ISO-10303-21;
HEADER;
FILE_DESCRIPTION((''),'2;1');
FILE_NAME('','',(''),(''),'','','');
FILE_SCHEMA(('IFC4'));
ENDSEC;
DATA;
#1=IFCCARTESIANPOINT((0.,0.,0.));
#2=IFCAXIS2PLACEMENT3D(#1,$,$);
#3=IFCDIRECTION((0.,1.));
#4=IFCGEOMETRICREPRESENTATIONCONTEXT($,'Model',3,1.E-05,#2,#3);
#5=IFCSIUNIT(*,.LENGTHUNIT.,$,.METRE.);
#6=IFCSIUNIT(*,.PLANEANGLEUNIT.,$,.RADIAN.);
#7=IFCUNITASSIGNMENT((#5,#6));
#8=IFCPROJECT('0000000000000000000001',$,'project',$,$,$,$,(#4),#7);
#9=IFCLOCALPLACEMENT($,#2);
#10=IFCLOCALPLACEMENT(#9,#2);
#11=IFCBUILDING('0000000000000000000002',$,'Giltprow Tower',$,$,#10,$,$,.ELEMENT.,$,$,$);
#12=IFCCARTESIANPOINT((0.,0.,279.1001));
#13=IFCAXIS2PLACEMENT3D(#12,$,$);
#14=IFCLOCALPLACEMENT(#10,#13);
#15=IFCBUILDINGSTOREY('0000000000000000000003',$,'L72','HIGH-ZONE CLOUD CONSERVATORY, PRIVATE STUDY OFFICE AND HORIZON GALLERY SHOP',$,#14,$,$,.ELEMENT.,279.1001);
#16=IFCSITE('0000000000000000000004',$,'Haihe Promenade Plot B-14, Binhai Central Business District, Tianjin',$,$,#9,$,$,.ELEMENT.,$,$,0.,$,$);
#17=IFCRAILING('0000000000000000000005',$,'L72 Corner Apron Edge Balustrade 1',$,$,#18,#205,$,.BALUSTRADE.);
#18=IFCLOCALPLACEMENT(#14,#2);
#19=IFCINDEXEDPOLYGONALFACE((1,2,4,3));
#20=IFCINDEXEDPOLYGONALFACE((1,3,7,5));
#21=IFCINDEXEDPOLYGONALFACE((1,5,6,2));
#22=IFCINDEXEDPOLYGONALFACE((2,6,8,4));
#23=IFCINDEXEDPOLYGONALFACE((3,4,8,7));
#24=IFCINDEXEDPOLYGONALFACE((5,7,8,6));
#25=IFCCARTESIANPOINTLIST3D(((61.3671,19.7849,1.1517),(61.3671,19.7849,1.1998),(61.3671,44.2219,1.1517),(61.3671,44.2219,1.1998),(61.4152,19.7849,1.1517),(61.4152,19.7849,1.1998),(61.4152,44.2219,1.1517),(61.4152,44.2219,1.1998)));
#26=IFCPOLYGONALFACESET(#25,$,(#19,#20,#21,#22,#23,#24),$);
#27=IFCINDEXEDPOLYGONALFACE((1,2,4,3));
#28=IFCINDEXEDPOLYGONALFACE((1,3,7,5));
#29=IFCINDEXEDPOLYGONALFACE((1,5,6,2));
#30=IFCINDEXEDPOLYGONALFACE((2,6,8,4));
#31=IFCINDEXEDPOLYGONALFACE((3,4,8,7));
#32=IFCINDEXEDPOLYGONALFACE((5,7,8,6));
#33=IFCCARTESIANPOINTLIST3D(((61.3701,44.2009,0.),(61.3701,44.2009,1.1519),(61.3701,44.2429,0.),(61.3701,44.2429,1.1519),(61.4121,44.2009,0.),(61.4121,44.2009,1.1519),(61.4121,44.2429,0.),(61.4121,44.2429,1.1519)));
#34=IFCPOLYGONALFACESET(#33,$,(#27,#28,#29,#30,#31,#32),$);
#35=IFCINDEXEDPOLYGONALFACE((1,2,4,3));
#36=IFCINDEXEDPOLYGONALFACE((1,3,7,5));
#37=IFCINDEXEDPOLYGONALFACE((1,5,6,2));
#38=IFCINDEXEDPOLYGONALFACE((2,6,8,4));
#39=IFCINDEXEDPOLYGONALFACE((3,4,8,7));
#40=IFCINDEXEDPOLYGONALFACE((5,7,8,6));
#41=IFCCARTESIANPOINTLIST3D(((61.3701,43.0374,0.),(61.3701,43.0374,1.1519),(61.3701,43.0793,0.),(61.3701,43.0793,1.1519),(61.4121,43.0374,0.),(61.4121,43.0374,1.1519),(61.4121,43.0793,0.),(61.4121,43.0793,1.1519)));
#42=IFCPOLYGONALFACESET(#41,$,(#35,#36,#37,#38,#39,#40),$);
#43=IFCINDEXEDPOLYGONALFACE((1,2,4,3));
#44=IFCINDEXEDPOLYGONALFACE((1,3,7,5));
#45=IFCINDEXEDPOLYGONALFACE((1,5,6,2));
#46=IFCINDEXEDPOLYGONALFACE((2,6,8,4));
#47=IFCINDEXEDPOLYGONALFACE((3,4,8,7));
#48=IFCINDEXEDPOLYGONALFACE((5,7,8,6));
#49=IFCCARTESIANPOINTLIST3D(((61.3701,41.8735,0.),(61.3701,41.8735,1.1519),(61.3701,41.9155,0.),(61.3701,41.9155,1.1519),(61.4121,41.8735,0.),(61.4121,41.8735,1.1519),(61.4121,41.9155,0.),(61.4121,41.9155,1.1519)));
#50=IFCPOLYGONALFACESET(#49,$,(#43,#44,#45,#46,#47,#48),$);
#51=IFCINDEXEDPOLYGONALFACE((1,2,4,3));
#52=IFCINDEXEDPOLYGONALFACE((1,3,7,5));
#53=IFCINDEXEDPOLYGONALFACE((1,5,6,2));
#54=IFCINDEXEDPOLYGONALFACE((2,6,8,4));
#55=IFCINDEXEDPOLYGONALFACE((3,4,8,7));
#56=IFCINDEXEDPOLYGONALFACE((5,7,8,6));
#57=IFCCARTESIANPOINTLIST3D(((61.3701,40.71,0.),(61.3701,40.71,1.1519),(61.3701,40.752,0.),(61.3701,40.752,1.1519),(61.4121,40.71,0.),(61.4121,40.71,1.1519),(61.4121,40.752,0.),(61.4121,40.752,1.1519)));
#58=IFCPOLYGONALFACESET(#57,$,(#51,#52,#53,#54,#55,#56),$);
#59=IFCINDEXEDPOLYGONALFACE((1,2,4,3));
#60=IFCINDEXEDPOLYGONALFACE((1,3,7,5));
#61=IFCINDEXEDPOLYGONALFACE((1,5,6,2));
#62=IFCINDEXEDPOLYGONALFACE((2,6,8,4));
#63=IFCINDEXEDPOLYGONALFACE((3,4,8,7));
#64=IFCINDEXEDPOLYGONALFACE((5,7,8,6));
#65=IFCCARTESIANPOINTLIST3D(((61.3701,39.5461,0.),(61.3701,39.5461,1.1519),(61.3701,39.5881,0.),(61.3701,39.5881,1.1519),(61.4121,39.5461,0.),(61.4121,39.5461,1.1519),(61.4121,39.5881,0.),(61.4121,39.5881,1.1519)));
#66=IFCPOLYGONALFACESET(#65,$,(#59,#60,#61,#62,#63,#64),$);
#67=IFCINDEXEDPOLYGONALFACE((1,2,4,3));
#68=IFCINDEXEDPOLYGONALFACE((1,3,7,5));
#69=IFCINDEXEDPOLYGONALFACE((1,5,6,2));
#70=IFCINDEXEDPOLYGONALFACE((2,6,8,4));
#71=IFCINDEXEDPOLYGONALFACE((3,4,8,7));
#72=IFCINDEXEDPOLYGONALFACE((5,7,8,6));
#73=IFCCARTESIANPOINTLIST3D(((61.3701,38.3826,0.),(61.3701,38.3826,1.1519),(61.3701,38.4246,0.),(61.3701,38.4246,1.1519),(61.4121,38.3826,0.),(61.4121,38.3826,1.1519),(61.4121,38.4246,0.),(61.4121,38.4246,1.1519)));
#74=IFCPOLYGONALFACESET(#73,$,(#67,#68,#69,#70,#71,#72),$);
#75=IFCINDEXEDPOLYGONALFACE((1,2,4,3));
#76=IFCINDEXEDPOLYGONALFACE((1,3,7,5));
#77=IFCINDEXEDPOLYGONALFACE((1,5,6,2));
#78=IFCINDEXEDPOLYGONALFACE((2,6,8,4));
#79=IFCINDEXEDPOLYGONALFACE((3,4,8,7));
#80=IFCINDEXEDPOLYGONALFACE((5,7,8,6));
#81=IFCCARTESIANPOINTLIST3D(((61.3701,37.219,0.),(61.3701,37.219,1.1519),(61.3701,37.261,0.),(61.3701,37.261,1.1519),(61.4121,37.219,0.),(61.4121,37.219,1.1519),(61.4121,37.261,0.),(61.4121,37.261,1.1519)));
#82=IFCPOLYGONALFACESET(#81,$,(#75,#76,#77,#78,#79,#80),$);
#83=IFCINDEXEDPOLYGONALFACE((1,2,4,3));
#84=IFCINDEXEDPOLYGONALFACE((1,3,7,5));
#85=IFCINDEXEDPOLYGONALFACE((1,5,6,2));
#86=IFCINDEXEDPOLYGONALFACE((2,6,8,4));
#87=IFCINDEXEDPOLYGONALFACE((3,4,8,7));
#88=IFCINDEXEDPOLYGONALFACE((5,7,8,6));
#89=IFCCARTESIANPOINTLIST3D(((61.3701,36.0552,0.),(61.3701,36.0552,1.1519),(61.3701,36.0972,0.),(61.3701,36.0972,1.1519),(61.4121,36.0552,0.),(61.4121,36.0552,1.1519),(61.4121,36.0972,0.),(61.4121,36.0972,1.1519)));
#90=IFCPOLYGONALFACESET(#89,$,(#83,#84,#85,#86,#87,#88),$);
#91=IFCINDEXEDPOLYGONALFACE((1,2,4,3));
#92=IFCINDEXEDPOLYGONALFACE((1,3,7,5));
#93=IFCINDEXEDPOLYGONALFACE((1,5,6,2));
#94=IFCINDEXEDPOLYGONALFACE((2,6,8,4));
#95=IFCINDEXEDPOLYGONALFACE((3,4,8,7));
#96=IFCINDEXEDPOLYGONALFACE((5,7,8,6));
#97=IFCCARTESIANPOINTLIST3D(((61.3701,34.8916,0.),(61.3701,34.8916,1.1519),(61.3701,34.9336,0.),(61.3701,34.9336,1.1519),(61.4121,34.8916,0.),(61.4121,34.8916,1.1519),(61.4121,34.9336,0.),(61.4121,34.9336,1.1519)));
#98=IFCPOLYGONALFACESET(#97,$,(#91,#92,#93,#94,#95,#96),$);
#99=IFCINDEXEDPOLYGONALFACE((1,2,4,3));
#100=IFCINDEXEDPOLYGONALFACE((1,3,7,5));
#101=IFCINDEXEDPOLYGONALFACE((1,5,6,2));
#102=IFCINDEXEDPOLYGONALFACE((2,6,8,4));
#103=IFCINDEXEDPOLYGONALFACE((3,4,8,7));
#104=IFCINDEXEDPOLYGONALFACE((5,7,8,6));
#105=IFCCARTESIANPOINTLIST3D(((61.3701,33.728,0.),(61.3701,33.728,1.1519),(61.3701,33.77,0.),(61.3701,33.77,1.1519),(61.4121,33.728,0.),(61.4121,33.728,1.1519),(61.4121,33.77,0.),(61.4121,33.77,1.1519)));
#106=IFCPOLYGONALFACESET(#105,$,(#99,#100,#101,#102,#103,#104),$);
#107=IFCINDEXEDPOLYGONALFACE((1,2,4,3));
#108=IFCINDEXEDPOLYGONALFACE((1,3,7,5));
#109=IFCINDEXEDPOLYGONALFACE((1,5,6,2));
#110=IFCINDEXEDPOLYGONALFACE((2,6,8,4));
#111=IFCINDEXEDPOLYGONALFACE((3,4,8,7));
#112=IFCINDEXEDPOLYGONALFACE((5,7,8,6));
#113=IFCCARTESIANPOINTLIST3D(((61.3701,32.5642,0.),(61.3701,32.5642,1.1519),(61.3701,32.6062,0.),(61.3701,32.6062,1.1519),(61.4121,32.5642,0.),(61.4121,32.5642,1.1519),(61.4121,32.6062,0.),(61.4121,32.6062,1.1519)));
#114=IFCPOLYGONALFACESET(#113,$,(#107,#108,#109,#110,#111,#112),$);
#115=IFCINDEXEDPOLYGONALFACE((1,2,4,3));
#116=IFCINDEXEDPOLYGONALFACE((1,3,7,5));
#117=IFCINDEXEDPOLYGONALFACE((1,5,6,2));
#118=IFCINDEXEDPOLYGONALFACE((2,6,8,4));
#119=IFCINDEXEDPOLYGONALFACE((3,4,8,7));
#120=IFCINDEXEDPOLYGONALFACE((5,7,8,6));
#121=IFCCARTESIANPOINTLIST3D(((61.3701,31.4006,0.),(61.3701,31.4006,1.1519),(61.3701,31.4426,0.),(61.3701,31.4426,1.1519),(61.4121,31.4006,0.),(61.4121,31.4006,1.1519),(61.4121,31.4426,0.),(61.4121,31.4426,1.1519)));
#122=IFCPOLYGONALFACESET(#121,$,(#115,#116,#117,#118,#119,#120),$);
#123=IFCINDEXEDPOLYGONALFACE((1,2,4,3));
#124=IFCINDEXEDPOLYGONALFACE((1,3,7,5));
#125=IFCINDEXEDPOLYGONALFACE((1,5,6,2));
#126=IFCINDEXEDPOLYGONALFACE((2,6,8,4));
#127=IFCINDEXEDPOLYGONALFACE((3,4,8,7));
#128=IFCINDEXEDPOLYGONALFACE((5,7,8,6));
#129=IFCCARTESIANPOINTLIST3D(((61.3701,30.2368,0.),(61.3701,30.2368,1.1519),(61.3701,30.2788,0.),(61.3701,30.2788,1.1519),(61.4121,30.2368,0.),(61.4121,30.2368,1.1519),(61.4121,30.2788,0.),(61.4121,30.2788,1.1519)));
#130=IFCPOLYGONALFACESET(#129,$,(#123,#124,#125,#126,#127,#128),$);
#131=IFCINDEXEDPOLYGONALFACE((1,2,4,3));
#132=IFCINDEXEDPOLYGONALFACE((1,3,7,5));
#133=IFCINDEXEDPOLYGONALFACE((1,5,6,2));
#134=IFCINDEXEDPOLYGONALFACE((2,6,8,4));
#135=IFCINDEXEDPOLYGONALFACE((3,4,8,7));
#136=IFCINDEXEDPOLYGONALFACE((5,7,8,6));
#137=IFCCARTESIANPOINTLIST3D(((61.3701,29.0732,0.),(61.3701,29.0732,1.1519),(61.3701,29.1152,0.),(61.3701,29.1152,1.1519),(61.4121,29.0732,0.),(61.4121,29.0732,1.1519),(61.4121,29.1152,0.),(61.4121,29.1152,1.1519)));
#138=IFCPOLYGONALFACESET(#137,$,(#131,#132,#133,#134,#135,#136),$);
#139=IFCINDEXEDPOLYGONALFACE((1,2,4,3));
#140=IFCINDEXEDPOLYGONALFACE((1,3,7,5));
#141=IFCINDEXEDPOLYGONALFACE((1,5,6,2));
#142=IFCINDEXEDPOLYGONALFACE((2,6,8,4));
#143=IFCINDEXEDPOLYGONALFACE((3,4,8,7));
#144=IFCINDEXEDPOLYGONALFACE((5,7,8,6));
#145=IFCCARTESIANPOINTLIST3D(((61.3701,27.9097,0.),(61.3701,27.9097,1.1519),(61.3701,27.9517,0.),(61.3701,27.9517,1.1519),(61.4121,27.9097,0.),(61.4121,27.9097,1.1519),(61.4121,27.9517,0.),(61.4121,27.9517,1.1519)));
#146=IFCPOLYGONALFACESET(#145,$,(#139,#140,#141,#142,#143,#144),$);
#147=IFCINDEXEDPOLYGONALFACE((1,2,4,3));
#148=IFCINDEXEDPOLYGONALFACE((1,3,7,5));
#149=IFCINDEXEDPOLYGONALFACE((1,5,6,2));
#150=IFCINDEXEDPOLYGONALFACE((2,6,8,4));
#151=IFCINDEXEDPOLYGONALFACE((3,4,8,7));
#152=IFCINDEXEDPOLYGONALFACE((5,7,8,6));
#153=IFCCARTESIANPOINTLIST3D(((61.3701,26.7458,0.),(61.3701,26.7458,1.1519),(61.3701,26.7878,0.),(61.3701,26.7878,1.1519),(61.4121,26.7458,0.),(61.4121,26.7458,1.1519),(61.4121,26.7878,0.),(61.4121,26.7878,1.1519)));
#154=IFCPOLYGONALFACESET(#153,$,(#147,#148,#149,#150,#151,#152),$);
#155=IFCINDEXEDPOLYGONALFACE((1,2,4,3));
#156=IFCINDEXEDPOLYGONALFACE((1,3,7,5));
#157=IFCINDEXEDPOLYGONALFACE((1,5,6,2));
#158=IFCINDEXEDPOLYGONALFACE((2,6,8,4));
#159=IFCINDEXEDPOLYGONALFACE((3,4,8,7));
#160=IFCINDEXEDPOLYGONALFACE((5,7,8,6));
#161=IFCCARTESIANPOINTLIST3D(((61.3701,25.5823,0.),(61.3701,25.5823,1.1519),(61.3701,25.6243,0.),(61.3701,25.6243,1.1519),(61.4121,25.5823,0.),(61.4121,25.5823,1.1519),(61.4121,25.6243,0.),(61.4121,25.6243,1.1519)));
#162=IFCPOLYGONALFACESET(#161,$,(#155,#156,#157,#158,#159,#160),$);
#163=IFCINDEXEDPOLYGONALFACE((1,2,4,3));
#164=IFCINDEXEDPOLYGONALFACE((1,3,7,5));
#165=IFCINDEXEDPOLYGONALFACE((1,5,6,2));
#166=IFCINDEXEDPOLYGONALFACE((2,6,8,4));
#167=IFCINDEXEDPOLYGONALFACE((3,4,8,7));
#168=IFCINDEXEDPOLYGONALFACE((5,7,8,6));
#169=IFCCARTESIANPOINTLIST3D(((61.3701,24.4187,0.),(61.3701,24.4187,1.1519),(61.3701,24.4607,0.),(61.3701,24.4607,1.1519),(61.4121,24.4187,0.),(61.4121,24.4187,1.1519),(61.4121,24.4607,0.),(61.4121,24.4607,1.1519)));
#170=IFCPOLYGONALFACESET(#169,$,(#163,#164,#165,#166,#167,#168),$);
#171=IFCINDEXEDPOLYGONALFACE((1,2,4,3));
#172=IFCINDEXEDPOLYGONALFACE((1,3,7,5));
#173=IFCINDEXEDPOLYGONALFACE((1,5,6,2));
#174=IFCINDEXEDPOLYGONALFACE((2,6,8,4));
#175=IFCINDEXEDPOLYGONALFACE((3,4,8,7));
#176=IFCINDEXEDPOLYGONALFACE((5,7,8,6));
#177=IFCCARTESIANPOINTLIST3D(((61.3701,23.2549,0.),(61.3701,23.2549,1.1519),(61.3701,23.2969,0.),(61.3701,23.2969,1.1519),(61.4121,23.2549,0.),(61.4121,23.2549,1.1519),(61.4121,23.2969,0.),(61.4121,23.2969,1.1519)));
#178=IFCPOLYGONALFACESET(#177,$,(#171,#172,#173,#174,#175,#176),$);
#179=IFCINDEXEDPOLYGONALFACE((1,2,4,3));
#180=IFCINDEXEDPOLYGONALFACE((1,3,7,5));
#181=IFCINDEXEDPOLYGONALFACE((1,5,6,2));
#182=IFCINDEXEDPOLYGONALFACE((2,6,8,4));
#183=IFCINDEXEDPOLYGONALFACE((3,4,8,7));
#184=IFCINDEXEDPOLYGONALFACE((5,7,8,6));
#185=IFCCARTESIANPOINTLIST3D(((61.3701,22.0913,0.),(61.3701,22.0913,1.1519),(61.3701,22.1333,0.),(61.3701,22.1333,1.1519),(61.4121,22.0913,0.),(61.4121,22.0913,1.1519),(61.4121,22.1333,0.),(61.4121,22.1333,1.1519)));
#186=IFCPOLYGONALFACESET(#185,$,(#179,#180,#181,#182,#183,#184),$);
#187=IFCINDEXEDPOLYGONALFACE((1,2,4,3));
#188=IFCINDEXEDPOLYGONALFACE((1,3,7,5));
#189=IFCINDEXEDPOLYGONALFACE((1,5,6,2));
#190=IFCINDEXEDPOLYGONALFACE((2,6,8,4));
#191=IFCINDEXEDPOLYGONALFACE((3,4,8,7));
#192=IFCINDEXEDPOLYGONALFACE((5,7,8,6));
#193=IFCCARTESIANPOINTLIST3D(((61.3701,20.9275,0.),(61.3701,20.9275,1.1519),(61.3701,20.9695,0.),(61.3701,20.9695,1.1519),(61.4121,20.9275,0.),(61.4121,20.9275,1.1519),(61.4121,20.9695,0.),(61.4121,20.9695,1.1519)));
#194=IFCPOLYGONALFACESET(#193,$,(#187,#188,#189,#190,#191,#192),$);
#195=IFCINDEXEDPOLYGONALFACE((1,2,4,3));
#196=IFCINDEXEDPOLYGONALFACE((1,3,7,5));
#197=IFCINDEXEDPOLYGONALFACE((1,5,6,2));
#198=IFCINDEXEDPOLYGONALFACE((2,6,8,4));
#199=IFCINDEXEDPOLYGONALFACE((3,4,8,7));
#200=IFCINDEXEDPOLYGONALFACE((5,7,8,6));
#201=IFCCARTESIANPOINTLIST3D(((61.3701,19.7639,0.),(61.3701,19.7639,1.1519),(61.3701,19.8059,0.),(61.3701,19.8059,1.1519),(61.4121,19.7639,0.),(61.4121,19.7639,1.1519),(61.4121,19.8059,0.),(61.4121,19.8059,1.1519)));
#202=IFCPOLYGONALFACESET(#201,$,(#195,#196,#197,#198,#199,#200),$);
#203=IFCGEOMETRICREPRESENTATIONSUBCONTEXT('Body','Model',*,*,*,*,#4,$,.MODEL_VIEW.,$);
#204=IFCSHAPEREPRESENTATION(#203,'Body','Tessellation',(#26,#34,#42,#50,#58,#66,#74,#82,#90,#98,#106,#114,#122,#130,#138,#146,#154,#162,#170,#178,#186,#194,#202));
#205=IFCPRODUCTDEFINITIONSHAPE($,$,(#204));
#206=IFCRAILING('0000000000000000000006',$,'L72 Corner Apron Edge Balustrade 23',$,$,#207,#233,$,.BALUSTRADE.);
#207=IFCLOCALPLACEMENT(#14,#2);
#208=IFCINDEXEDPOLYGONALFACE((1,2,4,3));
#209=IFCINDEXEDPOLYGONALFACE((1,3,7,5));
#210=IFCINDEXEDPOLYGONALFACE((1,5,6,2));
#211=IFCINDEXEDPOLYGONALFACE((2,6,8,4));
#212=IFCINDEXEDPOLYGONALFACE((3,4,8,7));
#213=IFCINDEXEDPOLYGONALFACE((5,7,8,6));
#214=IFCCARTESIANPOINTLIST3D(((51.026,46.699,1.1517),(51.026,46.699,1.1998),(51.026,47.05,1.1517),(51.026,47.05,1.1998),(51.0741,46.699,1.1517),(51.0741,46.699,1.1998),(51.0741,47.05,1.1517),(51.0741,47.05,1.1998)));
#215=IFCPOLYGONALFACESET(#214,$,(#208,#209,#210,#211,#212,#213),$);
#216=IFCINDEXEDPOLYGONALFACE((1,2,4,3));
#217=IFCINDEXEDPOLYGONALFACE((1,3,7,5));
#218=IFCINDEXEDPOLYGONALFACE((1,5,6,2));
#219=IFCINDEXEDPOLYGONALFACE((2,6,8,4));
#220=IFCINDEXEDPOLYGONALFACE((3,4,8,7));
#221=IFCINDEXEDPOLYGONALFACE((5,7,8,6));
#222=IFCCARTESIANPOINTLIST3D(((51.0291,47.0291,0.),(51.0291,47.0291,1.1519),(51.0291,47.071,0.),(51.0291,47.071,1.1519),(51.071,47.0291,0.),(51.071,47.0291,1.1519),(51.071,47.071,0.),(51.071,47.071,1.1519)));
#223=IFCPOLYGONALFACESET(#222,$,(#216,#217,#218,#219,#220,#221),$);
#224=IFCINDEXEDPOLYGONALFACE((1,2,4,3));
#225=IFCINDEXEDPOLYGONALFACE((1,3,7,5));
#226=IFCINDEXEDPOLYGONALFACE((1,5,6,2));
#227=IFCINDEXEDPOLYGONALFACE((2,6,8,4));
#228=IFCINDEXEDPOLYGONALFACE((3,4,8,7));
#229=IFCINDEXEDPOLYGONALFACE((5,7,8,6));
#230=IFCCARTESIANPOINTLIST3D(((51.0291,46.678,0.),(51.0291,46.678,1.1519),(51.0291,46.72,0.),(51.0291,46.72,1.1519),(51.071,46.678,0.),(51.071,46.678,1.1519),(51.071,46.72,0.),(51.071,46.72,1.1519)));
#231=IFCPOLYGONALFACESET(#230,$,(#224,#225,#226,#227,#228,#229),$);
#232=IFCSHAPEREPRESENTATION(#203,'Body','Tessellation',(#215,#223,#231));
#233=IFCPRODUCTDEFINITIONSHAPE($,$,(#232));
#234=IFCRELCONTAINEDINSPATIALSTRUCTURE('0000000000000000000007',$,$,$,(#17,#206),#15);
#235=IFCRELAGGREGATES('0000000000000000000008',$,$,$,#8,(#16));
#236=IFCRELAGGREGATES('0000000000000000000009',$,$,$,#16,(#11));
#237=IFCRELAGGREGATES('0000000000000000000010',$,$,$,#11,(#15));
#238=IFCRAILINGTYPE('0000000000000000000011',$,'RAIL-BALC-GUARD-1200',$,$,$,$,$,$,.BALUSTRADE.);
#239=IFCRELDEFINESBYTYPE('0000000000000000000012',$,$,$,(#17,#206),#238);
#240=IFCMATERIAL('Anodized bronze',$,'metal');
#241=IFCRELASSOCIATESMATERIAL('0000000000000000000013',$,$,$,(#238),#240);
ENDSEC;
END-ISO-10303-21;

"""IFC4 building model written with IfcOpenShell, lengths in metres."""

from ifc_helpers import new_model, si_unit, direction, frame, origin, origin_2d, place, context, subcontext, project, spatial, rectangle, extrude, material, type_object, element, save


model = new_model("IFC4")

# Units and contexts
model_context = context("Model", 3, precision=1e-05, world=origin(), true_north=direction((0.0, 1.0)))
body_context = subcontext(model_context, "Body", "Model", "MODEL_VIEW")
ifc_project = project(units=[si_unit("LENGTHUNIT", "METRE"), si_unit("PLANEANGLEUNIT", "RADIAN")], contexts=[model_context])

# Site, building, storey
site_placement = place(None, origin())
site = spatial("IfcSite", under=ifc_project, at=site_placement, Name="Haihe Promenade Plot B-14, Binhai Central Business District, Tianjin", CompositionType="ELEMENT", RefElevation=0.0)
building_placement = place(site_placement, origin())
building = spatial("IfcBuilding", under=site, at=building_placement, Name="Giltprow Tower", CompositionType="ELEMENT")
storey_placement = place(building_placement, frame((0.0, 0.0, 279.1001)))
storey = spatial("IfcBuildingStorey", under=building, at=storey_placement, Name="L72", Description="HIGH-ZONE CLOUD CONSERVATORY, PRIVATE STUDY OFFICE AND HORIZON GALLERY SHOP", CompositionType="ELEMENT", Elevation=279.1001)

# Railings
ifc_material_1 = material(Name="Anodized bronze", Category="metal")
railing_type = type_object("IfcRailingType", Name="RAIL-BALC-GUARD-1200", PredefinedType="BALUSTRADE", material=ifc_material_1)
railing_1_placement = place(storey_placement, frame((61.3911, 44.2219, 0.0)))
element("IfcRailing", 1, at=railing_1_placement, inside=storey, type_object=railing_type, Name="L72 Corner Apron Edge Balustrade 1", PredefinedType="BALUSTRADE", context=body_context, shape_type="SweptSolid", body=[
    extrude(rectangle(XDim=0.0481, YDim=0.0481, at=origin_2d()), frame((0.0, 0.0, 1.1758), z_axis=(0.0, -1.0, 0.0), x_axis=(1.0, 0.0, 0.0)), (0.0, 0.0, 1.0), 24.437),
    extrude(rectangle(XDim=0.042, YDim=0.042, at=origin_2d()), origin(), (0.0, 0.0, 1.0), 1.1519),
    extrude(rectangle(XDim=0.042, YDim=0.042, at=origin_2d()), frame((0.0, -1.1636, 0.0)), (0.0, 0.0, 1.0), 1.1519),
    extrude(rectangle(XDim=0.042, YDim=0.042, at=origin_2d()), frame((0.0, -2.3274, 0.0)), (0.0, 0.0, 1.0), 1.1519),
    extrude(rectangle(XDim=0.042, YDim=0.042, at=origin_2d()), frame((0.0, -3.491, 0.0)), (0.0, 0.0, 1.0), 1.1519),
    extrude(rectangle(XDim=0.042, YDim=0.042, at=origin_2d()), frame((0.0, -4.6548, 0.0)), (0.0, 0.0, 1.0), 1.1519),
    extrude(rectangle(XDim=0.042, YDim=0.042, at=origin_2d()), frame((0.0, -5.8184, 0.0)), (0.0, 0.0, 1.0), 1.1519),
    extrude(rectangle(XDim=0.042, YDim=0.042, at=origin_2d()), frame((0.0, -6.9819, 0.0)), (0.0, 0.0, 1.0), 1.1519),
    extrude(rectangle(XDim=0.042, YDim=0.042, at=origin_2d()), frame((0.0, -8.1458, 0.0)), (0.0, 0.0, 1.0), 1.1519),
    extrude(rectangle(XDim=0.042, YDim=0.042, at=origin_2d()), frame((0.0, -9.3093, 0.0)), (0.0, 0.0, 1.0), 1.1519),
    extrude(rectangle(XDim=0.042, YDim=0.042, at=origin_2d()), frame((0.0, -10.4729, 0.0)), (0.0, 0.0, 1.0), 1.1519),
    extrude(rectangle(XDim=0.042, YDim=0.042, at=origin_2d()), frame((0.0, -11.6367, 0.0)), (0.0, 0.0, 1.0), 1.1519),
    extrude(rectangle(XDim=0.042, YDim=0.042, at=origin_2d()), frame((0.0, -12.8003, 0.0)), (0.0, 0.0, 1.0), 1.1519),
    extrude(rectangle(XDim=0.042, YDim=0.042, at=origin_2d()), frame((0.0, -13.9641, 0.0)), (0.0, 0.0, 1.0), 1.1519),
    extrude(rectangle(XDim=0.042, YDim=0.042, at=origin_2d()), frame((0.0, -15.1277, 0.0)), (0.0, 0.0, 1.0), 1.1519),
    extrude(rectangle(XDim=0.042, YDim=0.042, at=origin_2d()), frame((0.0, -16.2913, 0.0)), (0.0, 0.0, 1.0), 1.1519),
    extrude(rectangle(XDim=0.042, YDim=0.042, at=origin_2d()), frame((0.0, -17.4551, 0.0)), (0.0, 0.0, 1.0), 1.1519),
    extrude(rectangle(XDim=0.042, YDim=0.042, at=origin_2d()), frame((0.0, -18.6187, 0.0)), (0.0, 0.0, 1.0), 1.1519),
    extrude(rectangle(XDim=0.042, YDim=0.042, at=origin_2d()), frame((0.0, -19.7822, 0.0)), (0.0, 0.0, 1.0), 1.1519),
    extrude(rectangle(XDim=0.042, YDim=0.042, at=origin_2d()), frame((0.0, -20.946, 0.0)), (0.0, 0.0, 1.0), 1.1519),
    extrude(rectangle(XDim=0.042, YDim=0.042, at=origin_2d()), frame((0.0, -22.1096, 0.0)), (0.0, 0.0, 1.0), 1.1519),
    extrude(rectangle(XDim=0.042, YDim=0.042, at=origin_2d()), frame((0.0, -23.2734, 0.0)), (0.0, 0.0, 1.0), 1.1519),
    extrude(rectangle(XDim=0.042, YDim=0.042, at=origin_2d()), frame((0.0, -24.437, 0.0)), (0.0, 0.0, 1.0), 1.1519),
])
railing_2_placement = place(storey_placement, frame((51.05, 47.05, 0.0)))
element("IfcRailing", 2, at=railing_2_placement, inside=storey, type_object=railing_type, Name="L72 Corner Apron Edge Balustrade 23", PredefinedType="BALUSTRADE", context=body_context, shape_type="SweptSolid", body=[
    extrude(rectangle(XDim=0.0481, YDim=0.0481, at=origin_2d()), frame((0.0, 0.0, 1.1758), z_axis=(0.0, -1.0, 0.0), x_axis=(1.0, 0.0, 0.0)), (0.0, 0.0, 1.0), 0.3511),
    extrude(rectangle(XDim=0.042, YDim=0.042, at=origin_2d()), origin(), (0.0, 0.0, 1.0), 1.1519),
    extrude(rectangle(XDim=0.042, YDim=0.042, at=origin_2d()), frame((0.0, -0.3511, 0.0)), (0.0, 0.0, 1.0), 1.1519),
])

save(model, "model.ifc")
